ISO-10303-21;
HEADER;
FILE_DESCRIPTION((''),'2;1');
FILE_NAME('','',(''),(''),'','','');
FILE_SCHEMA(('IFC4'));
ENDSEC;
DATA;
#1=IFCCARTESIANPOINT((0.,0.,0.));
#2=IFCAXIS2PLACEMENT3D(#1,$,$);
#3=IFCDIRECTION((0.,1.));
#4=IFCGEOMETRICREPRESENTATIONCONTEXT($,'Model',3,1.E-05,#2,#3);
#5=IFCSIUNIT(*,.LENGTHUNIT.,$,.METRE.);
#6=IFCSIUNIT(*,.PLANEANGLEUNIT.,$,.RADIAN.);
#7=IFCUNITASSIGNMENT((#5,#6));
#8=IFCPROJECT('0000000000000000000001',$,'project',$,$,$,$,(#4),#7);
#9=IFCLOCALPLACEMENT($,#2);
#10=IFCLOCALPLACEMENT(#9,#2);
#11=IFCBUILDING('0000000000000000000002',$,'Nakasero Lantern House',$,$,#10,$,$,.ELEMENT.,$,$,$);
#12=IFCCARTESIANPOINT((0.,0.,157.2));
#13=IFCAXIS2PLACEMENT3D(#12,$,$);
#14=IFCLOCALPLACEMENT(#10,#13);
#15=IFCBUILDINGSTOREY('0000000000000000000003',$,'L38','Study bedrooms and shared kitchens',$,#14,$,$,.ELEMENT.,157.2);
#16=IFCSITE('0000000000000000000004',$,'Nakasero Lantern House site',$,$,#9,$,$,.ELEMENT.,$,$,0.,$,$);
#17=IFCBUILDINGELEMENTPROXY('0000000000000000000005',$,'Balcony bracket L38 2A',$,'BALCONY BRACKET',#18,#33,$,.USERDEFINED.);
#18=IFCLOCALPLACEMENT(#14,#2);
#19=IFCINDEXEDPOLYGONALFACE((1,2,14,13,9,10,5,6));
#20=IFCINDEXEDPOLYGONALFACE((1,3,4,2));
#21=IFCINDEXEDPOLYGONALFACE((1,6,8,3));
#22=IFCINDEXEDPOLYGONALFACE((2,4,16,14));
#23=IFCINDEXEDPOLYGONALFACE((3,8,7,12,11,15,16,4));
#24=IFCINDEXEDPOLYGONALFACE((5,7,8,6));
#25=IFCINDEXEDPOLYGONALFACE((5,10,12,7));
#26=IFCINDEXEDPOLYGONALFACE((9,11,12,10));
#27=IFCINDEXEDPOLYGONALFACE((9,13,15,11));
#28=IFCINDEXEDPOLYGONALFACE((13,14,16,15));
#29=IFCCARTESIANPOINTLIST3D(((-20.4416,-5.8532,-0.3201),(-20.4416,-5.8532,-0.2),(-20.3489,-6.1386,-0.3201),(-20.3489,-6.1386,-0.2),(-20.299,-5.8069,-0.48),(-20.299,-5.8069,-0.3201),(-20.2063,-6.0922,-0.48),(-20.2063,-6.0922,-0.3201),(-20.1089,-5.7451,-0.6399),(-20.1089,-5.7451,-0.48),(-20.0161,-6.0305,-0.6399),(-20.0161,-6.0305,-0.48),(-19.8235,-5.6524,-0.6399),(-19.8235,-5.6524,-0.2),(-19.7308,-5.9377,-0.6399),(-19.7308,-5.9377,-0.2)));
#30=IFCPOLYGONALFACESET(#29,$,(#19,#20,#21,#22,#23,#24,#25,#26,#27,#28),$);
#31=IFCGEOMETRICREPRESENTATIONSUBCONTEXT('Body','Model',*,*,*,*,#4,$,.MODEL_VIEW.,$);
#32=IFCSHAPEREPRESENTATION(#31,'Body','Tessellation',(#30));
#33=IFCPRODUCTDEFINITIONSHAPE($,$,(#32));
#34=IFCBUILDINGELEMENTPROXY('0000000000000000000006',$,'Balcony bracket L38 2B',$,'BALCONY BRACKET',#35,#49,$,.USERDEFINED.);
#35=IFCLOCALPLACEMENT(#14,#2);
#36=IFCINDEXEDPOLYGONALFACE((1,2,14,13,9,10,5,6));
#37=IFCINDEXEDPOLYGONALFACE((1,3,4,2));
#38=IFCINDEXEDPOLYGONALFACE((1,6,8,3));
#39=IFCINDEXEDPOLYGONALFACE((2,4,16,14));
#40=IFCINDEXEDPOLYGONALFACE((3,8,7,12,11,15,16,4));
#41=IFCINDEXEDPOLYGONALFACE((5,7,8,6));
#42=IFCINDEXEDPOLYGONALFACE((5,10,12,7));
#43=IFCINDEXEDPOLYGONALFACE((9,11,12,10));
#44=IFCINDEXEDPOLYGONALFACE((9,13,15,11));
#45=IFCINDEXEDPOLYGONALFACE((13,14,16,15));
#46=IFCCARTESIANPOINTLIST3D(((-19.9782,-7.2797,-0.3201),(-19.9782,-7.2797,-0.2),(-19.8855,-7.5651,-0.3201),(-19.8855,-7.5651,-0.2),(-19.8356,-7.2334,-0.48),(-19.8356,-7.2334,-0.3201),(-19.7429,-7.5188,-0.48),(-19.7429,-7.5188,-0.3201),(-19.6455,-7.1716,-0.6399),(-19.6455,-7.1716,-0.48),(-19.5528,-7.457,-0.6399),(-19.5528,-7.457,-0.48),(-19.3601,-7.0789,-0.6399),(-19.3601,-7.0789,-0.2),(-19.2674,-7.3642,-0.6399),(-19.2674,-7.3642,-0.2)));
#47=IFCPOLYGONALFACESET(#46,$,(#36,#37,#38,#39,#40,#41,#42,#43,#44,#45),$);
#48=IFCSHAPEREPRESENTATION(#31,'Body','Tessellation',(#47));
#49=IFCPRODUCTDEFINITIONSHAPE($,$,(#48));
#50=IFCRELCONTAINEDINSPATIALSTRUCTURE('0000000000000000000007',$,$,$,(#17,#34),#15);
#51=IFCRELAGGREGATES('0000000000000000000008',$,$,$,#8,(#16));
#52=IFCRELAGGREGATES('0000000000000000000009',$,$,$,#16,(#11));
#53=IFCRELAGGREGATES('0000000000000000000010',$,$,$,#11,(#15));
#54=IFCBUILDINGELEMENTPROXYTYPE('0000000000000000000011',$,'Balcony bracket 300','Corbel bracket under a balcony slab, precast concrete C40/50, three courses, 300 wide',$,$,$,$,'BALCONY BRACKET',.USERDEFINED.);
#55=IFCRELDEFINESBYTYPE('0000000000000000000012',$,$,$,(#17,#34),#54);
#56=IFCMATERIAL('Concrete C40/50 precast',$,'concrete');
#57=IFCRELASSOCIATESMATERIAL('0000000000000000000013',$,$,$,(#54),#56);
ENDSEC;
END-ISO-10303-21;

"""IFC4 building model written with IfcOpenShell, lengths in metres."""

from ifc_helpers import new_model, si_unit, direction, frame, origin, place, context, subcontext, project, spatial, polyline, outline, extrude, material, type_object, element, save


model = new_model("IFC4")

# Units and contexts
model_context = context("Model", 3, precision=1e-05, world=origin(), true_north=direction((0.0, 1.0)))
body_context = subcontext(model_context, "Body", "Model", "MODEL_VIEW")
ifc_project = project(units=[si_unit("LENGTHUNIT", "METRE"), si_unit("PLANEANGLEUNIT", "RADIAN")], contexts=[model_context])

# Site, building, storey
site_placement = place(None, origin())
site = spatial("IfcSite", under=ifc_project, at=site_placement, Name="Nakasero Lantern House site", CompositionType="ELEMENT", RefElevation=0.0)
building_placement = place(site_placement, origin())
building = spatial("IfcBuilding", under=site, at=building_placement, Name="Nakasero Lantern House", CompositionType="ELEMENT")
storey_placement = place(building_placement, frame((0.0, 0.0, 157.2)))
storey = spatial("IfcBuildingStorey", under=building, at=storey_placement, Name="L38", Description="Study bedrooms and shared kitchens", CompositionType="ELEMENT", Elevation=157.2)

# Building element proxies
ifc_material_1 = material(Name="Concrete C40/50 precast", Category="concrete")
building_element_proxy_type = type_object("IfcBuildingElementProxyType", Name="Balcony bracket 300", Description="Corbel bracket under a balcony slab, precast concrete C40/50, three courses, 300 wide", ElementType="BALCONY BRACKET", PredefinedType="USERDEFINED", material=ifc_material_1)
for number, where, z_axis, x_axis, name in (
    (1, (-19.7771, -5.7952, -0.2), (0.0, 0.0, 1.0), (-0.951057, -0.309017, 0.0), "Balcony bracket L38 2A"),
    (2, (-19.3137, -7.2217, -0.2), (0.0, 0.0, 1.0), (-0.951057, -0.309017, 0.0), "Balcony bracket L38 2B"),
):
    element("IfcBuildingElementProxy", number, at=place(storey_placement, frame(where, z_axis=z_axis, x_axis=x_axis)), inside=storey, type_object=building_element_proxy_type, Name=name, ObjectType="BALCONY BRACKET", PredefinedType="USERDEFINED", context=body_context, shape_type="SweptSolid", body=[
        extrude(outline(polyline([(0.0, 0.0), (0.6499, 0.0), (0.6499, -0.1201), (0.5, -0.1201), (0.5, -0.28), (0.3, -0.28), (0.3, -0.4399), (0.0, -0.4399), (0.0, 0.0)])), frame((0.0, 0.1499, 0.0), z_axis=(0.0, -1.0, 0.0), x_axis=(1.0, 0.0, 0.0)), (0.0, 0.0, 1.0), 0.3),
    ])

save(model, "model.ifc")
